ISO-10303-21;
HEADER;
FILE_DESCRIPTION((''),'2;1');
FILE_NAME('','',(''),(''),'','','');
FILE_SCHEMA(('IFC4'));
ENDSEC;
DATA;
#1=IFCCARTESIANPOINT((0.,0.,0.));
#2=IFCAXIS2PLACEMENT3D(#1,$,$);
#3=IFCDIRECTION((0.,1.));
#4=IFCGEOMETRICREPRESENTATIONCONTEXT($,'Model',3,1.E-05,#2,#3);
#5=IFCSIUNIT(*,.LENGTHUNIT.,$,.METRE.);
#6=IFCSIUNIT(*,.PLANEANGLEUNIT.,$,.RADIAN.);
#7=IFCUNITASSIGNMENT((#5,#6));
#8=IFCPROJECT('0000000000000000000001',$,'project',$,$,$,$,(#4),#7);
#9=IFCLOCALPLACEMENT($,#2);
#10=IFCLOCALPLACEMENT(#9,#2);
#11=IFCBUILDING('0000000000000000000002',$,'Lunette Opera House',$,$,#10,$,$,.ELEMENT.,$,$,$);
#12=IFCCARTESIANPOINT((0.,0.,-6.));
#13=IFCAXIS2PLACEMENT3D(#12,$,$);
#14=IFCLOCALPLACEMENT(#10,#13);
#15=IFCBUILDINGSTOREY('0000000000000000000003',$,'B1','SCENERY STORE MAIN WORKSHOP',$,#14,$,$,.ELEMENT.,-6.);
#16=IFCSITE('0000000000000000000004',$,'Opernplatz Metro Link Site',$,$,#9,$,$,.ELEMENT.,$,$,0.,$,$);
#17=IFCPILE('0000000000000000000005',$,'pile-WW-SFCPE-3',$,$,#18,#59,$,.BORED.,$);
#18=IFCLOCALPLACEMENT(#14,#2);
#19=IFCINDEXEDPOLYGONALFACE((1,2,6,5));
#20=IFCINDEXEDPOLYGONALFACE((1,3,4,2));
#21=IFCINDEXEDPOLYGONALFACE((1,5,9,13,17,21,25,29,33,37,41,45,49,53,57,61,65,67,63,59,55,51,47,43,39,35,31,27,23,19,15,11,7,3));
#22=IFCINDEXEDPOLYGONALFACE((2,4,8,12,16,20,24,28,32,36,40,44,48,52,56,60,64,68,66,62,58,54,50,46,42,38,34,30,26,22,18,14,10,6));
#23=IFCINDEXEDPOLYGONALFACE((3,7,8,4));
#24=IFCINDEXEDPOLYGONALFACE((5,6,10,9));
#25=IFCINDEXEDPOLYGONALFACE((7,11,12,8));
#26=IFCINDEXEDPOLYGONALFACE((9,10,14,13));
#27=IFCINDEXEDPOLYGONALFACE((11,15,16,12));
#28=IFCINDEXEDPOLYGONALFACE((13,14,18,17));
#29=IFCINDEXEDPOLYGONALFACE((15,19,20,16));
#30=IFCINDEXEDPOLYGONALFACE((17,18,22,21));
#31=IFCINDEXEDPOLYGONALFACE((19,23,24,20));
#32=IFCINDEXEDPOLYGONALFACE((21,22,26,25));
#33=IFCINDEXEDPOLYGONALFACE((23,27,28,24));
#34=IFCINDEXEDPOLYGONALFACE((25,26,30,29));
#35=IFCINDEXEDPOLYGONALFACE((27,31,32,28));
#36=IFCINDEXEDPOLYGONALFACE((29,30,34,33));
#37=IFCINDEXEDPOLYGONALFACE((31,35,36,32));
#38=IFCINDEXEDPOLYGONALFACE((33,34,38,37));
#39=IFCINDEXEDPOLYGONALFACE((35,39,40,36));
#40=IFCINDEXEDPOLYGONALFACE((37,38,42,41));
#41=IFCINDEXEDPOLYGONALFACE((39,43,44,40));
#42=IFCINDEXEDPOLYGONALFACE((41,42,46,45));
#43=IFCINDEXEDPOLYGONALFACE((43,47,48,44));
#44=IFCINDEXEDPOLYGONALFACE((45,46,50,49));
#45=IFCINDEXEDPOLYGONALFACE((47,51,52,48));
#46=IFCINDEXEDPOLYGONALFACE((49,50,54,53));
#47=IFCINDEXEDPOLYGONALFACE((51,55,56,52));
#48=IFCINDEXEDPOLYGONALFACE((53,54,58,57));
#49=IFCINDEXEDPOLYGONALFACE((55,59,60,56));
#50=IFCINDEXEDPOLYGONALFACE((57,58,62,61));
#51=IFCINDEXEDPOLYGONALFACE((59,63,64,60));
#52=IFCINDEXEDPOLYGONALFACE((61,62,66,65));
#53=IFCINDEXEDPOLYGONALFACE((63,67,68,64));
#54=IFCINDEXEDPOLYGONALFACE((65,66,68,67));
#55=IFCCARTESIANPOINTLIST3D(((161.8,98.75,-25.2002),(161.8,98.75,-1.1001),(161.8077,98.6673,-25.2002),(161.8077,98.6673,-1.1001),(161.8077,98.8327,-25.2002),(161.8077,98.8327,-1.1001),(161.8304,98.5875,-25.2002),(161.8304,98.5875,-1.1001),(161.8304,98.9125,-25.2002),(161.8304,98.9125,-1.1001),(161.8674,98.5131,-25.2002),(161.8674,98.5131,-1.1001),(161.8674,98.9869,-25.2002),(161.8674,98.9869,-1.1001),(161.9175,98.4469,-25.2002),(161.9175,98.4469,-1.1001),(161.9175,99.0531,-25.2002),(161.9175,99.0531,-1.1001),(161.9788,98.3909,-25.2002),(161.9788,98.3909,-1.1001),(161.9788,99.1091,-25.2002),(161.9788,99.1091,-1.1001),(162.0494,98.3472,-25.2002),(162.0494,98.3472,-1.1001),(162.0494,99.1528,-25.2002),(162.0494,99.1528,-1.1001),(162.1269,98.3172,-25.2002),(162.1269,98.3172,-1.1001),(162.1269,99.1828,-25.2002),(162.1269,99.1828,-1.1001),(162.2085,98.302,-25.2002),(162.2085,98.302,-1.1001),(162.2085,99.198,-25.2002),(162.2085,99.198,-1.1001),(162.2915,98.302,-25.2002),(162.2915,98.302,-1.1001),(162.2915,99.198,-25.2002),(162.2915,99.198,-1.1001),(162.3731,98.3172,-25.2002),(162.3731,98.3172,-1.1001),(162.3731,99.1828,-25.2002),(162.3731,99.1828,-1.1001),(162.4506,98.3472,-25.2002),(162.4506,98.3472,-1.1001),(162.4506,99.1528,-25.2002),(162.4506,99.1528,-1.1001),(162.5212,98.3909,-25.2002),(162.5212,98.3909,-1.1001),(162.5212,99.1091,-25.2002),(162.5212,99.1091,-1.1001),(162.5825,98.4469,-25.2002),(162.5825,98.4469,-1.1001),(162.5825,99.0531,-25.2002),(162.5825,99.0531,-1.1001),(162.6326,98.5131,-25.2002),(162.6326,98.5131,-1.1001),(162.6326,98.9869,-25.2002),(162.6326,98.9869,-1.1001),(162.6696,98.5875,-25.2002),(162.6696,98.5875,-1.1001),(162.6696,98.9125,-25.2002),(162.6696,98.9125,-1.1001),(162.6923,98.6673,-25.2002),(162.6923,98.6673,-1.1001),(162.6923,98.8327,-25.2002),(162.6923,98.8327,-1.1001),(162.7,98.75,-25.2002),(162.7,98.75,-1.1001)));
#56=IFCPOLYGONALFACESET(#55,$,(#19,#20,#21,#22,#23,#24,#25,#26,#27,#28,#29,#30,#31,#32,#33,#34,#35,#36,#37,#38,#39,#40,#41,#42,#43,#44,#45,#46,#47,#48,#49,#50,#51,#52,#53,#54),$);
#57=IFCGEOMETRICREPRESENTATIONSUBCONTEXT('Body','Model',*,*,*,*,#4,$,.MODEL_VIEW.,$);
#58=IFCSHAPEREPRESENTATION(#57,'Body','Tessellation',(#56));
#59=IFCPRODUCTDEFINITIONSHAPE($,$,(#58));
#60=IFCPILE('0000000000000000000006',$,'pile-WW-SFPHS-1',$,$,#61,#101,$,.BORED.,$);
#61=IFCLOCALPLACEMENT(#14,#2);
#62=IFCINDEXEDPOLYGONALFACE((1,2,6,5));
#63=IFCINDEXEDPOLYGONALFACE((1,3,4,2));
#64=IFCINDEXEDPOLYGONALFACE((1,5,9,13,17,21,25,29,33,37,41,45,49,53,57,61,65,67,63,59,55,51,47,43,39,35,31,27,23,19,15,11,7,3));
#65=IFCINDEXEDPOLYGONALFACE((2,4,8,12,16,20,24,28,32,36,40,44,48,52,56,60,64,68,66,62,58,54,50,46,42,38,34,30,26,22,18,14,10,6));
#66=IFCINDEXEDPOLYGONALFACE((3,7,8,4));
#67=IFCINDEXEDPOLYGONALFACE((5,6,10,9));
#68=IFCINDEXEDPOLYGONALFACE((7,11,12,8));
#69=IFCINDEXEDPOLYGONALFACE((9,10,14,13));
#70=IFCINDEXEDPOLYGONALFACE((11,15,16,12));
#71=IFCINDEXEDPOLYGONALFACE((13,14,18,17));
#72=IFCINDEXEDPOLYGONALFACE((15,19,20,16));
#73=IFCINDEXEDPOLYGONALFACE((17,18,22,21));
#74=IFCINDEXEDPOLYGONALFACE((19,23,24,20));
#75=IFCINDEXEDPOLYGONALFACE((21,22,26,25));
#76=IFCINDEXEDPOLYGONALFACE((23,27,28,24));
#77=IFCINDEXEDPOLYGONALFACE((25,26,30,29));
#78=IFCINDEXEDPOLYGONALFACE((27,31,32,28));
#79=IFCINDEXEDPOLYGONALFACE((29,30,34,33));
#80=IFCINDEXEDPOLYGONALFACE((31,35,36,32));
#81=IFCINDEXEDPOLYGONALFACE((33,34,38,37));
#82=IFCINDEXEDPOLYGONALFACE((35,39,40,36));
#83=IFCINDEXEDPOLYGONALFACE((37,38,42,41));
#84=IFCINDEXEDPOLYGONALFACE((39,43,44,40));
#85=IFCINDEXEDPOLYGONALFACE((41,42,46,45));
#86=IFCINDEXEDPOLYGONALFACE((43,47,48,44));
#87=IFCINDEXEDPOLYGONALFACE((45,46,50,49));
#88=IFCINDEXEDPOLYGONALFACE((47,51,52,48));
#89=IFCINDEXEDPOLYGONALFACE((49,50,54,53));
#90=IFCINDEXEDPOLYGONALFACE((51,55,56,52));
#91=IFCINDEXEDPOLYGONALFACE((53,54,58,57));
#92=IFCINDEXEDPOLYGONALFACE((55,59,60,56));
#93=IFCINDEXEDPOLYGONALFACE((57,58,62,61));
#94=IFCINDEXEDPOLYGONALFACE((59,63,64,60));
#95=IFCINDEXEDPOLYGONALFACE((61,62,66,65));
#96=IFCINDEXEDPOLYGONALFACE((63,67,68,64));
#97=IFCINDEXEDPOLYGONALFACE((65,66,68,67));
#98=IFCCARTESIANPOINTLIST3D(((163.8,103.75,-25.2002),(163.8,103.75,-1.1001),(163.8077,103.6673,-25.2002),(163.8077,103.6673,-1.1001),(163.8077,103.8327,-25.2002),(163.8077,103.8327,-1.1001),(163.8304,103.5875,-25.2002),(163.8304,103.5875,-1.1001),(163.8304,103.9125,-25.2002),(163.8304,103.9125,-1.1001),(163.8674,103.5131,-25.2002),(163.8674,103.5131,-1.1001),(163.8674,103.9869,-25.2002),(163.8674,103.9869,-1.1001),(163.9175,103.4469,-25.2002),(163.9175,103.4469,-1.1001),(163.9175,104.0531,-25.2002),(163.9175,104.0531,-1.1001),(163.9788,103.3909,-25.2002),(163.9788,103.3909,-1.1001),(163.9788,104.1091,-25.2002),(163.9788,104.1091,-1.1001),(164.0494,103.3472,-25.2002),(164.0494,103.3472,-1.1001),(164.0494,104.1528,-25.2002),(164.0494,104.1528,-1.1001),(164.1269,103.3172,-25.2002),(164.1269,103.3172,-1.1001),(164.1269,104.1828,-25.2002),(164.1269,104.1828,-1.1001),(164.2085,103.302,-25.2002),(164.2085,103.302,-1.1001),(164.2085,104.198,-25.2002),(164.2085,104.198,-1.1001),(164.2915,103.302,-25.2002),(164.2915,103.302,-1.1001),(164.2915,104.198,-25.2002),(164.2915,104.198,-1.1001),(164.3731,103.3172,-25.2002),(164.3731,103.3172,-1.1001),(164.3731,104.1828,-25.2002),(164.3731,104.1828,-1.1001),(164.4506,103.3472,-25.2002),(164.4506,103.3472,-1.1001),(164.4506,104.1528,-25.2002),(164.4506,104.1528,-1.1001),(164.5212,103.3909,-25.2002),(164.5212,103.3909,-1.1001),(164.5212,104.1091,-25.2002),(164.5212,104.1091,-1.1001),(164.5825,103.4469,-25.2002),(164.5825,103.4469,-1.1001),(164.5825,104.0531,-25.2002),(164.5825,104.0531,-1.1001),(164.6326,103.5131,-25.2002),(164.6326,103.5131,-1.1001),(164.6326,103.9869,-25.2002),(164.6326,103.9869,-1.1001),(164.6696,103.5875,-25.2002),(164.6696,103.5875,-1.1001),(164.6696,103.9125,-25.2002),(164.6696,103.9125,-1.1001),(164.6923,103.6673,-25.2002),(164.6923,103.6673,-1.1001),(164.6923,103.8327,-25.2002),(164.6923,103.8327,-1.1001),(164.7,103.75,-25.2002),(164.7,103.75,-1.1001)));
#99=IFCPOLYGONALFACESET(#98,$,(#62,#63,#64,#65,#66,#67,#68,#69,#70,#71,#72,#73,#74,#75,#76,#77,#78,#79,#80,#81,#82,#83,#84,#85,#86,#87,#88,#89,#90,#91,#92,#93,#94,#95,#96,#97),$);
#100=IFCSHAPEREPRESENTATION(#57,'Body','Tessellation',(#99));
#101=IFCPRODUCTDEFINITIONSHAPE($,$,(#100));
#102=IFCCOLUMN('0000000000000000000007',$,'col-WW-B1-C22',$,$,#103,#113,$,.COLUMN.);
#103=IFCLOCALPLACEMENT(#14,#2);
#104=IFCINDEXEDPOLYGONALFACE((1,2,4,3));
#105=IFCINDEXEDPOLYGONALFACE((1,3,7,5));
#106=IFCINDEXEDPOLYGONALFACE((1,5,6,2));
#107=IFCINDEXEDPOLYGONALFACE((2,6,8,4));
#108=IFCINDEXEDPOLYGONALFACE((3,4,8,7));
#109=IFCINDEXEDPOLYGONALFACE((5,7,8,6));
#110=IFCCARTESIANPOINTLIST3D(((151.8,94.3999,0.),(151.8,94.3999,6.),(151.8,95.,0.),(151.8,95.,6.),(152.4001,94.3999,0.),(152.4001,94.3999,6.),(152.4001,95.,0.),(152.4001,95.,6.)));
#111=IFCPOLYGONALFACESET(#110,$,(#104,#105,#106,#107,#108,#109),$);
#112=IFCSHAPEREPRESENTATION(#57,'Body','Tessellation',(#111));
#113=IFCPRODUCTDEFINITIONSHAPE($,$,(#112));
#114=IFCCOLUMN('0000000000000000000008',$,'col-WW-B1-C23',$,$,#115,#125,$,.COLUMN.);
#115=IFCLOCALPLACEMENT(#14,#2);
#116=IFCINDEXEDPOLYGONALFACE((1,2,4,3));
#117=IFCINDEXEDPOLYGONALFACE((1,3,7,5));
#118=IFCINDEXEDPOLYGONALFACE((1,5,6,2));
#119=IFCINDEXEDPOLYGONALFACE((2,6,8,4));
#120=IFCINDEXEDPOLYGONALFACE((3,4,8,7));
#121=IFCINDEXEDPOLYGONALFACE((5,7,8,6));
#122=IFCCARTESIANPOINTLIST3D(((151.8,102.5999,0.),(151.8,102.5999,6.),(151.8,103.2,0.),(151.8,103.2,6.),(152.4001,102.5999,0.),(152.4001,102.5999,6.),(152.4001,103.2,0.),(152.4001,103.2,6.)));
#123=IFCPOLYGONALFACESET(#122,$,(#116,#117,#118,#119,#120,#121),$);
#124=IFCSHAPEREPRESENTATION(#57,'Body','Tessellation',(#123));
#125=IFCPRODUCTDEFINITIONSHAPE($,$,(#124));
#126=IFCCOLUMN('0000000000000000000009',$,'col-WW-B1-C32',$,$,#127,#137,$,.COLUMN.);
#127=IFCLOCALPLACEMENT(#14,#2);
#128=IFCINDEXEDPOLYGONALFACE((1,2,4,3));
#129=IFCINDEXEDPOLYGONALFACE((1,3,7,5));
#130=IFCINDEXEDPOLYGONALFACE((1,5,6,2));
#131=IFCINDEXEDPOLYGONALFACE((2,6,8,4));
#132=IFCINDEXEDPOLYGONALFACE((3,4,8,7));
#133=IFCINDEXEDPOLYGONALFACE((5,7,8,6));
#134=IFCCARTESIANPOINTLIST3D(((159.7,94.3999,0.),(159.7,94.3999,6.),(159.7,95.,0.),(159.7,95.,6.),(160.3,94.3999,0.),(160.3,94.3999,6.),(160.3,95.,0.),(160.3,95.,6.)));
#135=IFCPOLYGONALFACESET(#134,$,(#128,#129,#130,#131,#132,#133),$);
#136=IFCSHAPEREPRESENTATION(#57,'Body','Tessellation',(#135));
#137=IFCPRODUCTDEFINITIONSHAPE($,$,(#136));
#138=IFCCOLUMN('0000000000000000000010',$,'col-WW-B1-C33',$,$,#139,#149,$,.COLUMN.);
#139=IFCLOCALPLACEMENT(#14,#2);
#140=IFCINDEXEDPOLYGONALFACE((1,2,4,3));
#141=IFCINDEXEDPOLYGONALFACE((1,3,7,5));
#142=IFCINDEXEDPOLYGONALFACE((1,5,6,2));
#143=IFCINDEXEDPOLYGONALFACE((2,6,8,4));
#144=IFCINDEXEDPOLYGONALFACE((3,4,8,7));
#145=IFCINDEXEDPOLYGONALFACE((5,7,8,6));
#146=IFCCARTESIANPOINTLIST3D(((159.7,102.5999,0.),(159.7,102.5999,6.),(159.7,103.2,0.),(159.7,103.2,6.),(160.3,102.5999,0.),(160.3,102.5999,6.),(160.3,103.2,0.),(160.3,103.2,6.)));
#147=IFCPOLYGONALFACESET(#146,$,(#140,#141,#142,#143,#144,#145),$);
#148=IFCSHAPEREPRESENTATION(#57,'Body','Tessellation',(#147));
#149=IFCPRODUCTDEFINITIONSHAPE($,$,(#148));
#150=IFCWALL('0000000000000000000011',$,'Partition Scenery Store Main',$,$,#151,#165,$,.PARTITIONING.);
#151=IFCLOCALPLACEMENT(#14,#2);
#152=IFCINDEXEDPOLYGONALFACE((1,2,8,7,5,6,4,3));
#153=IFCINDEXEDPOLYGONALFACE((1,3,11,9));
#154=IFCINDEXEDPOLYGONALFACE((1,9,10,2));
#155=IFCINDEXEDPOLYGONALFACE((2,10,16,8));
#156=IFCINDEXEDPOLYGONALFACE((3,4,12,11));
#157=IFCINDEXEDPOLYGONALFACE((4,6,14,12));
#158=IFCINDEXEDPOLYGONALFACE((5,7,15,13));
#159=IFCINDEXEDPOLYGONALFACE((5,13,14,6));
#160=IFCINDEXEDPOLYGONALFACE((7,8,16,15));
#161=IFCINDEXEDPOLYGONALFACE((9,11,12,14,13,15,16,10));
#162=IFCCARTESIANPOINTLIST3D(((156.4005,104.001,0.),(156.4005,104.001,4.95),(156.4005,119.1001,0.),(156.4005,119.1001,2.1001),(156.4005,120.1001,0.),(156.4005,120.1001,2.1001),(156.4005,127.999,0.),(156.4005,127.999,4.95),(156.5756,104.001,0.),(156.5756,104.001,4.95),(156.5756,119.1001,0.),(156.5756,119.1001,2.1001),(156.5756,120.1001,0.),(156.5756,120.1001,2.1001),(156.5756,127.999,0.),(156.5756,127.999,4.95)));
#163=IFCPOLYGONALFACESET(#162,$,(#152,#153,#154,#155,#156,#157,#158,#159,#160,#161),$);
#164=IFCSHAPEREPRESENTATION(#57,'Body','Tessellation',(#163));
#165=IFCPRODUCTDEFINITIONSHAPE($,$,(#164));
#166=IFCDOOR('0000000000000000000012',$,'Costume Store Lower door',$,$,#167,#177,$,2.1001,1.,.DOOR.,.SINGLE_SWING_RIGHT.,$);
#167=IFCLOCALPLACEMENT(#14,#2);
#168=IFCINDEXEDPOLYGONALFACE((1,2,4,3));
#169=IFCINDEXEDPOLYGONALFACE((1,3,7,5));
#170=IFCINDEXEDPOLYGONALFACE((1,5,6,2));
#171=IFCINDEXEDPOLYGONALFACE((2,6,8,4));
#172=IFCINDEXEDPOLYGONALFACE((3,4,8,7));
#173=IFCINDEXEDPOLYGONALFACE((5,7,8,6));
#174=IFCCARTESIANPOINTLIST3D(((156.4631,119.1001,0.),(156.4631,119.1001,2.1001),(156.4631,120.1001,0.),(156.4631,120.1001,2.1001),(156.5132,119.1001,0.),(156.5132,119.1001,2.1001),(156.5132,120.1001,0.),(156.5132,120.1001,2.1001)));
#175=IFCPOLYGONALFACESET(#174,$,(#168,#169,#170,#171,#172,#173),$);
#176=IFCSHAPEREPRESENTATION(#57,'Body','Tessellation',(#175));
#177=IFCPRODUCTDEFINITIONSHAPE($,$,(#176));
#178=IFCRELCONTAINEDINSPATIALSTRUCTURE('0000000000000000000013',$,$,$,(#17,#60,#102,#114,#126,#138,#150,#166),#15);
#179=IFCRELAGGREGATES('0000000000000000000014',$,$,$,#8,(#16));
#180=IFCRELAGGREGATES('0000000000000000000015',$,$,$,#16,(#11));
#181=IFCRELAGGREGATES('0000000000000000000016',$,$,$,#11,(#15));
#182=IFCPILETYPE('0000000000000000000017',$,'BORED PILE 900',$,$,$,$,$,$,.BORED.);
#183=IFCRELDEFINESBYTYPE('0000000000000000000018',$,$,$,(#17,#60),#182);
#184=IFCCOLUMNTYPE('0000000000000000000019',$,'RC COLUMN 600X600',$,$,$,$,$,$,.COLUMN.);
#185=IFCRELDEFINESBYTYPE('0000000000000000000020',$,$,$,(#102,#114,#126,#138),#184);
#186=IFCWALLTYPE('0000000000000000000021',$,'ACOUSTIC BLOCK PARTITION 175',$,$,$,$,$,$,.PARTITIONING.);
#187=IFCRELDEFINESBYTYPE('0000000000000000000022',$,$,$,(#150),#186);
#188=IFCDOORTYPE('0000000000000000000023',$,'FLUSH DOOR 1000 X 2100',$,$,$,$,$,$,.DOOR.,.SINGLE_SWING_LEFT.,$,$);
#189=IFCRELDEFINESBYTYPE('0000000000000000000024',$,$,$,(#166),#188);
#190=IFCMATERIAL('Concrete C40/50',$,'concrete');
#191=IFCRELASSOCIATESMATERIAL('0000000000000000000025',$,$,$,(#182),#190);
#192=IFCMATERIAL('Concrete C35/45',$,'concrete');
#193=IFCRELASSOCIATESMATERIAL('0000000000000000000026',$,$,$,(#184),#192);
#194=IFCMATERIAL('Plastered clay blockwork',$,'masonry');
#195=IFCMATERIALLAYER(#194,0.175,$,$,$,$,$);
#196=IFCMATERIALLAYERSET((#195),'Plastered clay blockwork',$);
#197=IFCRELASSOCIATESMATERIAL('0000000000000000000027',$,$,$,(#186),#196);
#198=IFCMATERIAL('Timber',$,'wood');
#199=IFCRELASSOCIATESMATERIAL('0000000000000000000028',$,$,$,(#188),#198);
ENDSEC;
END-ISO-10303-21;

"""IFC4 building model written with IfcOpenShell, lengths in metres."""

from ifc_helpers import new_model, si_unit, direction, frame, frame_2d, origin, origin_2d, place, context, subcontext, project, spatial, rectangle, circle, extrude, material, layer, layer_set, material_profile, profile_set, type_object, element, fill, save


model = new_model("IFC4")

# Units and contexts
model_context = context("Model", 3, precision=1e-05, world=origin(), true_north=direction((0.0, 1.0)))
body_context = subcontext(model_context, "Body", "Model", "MODEL_VIEW")
ifc_project = project(units=[si_unit("LENGTHUNIT", "METRE"), si_unit("PLANEANGLEUNIT", "RADIAN")], contexts=[model_context])

# Site, building, storey
site_placement = place(None, origin())
site = spatial("IfcSite", under=ifc_project, at=site_placement, Name="Opernplatz Metro Link Site", CompositionType="ELEMENT", RefElevation=0.0)
building_placement = place(site_placement, origin())
building = spatial("IfcBuilding", under=site, at=building_placement, Name="Lunette Opera House", CompositionType="ELEMENT")
storey_placement = place(building_placement, frame((0.0, 0.0, -6.0)))
storey = spatial("IfcBuildingStorey", under=building, at=storey_placement, Name="B1", Description="SCENERY STORE MAIN WORKSHOP", CompositionType="ELEMENT", Elevation=-6.0)

# Piles
ifc_material_1 = material(Name="Concrete C40/50", Category="concrete")
ifc_material_profile_1 = material_profile(ifc_material_1, circle(Radius=0.45, at=origin_2d()), Name="BORED PILE 900")
ifc_profile_set_1 = profile_set([ifc_material_profile_1], Name="Concrete C40/50")
pile_type = type_object("IfcPileType", Name="BORED PILE 900", PredefinedType="BORED", material=ifc_profile_set_1)
for number, where, z_axis, x_axis, name in (
    (1, (162.25, 98.75, -1.1001), (0.0, 0.0, -1.0), (1.0, 0.0, 0.0), "pile-WW-SFCPE-3"),
    (2, (164.25, 103.75, -1.1001), (0.0, 0.0, -1.0), (1.0, 0.0, 0.0), "pile-WW-SFPHS-1"),
):
    element("IfcPile", number, at=place(storey_placement, frame(where, z_axis=z_axis, x_axis=x_axis)), inside=storey, type_object=pile_type, Name=name, PredefinedType="BORED", context=body_context, shape_type="SweptSolid", body=[
        extrude(circle(Radius=0.45, at=origin_2d()), origin(), (0.0, 0.0, 1.0), 24.1001),
    ])

# Columns
ifc_material_2 = material(Name="Concrete C35/45", Category="concrete")
ifc_material_profile_2 = material_profile(ifc_material_2, rectangle(XDim=0.6001, YDim=0.6001, at=origin_2d()), Name="RC COLUMN 600X600")
ifc_profile_set_2 = profile_set([ifc_material_profile_2], Name="Concrete C35/45")
column_type = type_object("IfcColumnType", Name="RC COLUMN 600X600", PredefinedType="COLUMN", material=ifc_profile_set_2)
for number, where, z_axis, x_axis, name in (
    (3, (152.1001, 94.7, 0.0), (0.0, 0.0, 1.0), (1.0, 0.0, 0.0), "col-WW-B1-C22"),
    (4, (152.1001, 102.8999, 0.0), (0.0, 0.0, 1.0), (1.0, 0.0, 0.0), "col-WW-B1-C23"),
    (5, (160.0, 94.7, 0.0), (0.0, 0.0, 1.0), (1.0, 0.0, 0.0), "col-WW-B1-C32"),
    (6, (160.0, 102.8999, 0.0), (0.0, 0.0, 1.0), (1.0, 0.0, 0.0), "col-WW-B1-C33"),
):
    element("IfcColumn", number, at=place(storey_placement, frame(where, z_axis=z_axis, x_axis=x_axis)), inside=storey, type_object=column_type, Name=name, PredefinedType="COLUMN", context=body_context, shape_type="SweptSolid", body=[
        extrude(rectangle(XDim=0.6001, YDim=0.6001, at=origin_2d()), origin(), (0.0, 0.0, 1.0), 6.0),
    ])

# Wall, opening, door
ifc_material_3 = material(Name="Plastered clay blockwork", Category="masonry")
ifc_layer = layer(ifc_material_3, 0.175)
ifc_layer_set = layer_set([ifc_layer], Name="Plastered clay blockwork")
wall_type = type_object("IfcWallType", Name="ACOUSTIC BLOCK PARTITION 175", PredefinedType="PARTITIONING", material=ifc_layer_set)
wall_1_placement = place(storey_placement, frame((156.488, 104.001, 0.0), z_axis=(0.0, 0.0, 1.0), x_axis=(0.0, 1.0, 0.0)))
wall_1 = element("IfcWall", 7, at=wall_1_placement, inside=storey, type_object=wall_type, Name="Partition Scenery Store Main", PredefinedType="PARTITIONING", context=body_context, shape_type="SweptSolid", body=[
    extrude(rectangle(XDim=23.998, YDim=0.175, at=frame_2d((11.999, 0.0))), origin(), (0.0, 0.0, 1.0), 4.95),
])
opening_1_placement = place(wall_1_placement, frame((15.0991, 0.0, 0.0)))
opening_1 = element("IfcOpeningElement", 8, at=opening_1_placement, cuts=wall_1, PredefinedType="OPENING", context=body_context, shape_type="SweptSolid", body=[
    extrude(rectangle(XDim=1.0, YDim=2.1001, at=frame_2d((0.5, 1.05))), frame((0.0, 0.0996, 0.0), z_axis=(0.0, -1.0, 0.0), x_axis=(1.0, 0.0, 0.0)), (0.0, 0.0, 1.0), 0.199),
])
ifc_material_4 = material(Name="Timber", Category="wood")
door_type = type_object("IfcDoorType", Name="FLUSH DOOR 1000 X 2100", OperationType="SINGLE_SWING_LEFT", PredefinedType="DOOR", material=ifc_material_4)
door_1_placement = place(opening_1_placement, origin())
door_1 = element("IfcDoor", 9, at=door_1_placement, inside=storey, type_object=door_type, Name="Costume Store Lower door", OperationType="SINGLE_SWING_RIGHT", OverallHeight=2.1001, OverallWidth=1.0, PredefinedType="DOOR", context=body_context, shape_type="SweptSolid", body=[
    extrude(rectangle(XDim=1.0, YDim=2.1001, at=frame_2d((0.5, 1.05))), frame((0.0, 0.0249, 0.0), z_axis=(0.0, -1.0, 0.0), x_axis=(1.0, 0.0, 0.0)), (0.0, 0.0, 1.0), 0.05),
])
fill(opening_1, door_1)

save(model, "model.ifc")
